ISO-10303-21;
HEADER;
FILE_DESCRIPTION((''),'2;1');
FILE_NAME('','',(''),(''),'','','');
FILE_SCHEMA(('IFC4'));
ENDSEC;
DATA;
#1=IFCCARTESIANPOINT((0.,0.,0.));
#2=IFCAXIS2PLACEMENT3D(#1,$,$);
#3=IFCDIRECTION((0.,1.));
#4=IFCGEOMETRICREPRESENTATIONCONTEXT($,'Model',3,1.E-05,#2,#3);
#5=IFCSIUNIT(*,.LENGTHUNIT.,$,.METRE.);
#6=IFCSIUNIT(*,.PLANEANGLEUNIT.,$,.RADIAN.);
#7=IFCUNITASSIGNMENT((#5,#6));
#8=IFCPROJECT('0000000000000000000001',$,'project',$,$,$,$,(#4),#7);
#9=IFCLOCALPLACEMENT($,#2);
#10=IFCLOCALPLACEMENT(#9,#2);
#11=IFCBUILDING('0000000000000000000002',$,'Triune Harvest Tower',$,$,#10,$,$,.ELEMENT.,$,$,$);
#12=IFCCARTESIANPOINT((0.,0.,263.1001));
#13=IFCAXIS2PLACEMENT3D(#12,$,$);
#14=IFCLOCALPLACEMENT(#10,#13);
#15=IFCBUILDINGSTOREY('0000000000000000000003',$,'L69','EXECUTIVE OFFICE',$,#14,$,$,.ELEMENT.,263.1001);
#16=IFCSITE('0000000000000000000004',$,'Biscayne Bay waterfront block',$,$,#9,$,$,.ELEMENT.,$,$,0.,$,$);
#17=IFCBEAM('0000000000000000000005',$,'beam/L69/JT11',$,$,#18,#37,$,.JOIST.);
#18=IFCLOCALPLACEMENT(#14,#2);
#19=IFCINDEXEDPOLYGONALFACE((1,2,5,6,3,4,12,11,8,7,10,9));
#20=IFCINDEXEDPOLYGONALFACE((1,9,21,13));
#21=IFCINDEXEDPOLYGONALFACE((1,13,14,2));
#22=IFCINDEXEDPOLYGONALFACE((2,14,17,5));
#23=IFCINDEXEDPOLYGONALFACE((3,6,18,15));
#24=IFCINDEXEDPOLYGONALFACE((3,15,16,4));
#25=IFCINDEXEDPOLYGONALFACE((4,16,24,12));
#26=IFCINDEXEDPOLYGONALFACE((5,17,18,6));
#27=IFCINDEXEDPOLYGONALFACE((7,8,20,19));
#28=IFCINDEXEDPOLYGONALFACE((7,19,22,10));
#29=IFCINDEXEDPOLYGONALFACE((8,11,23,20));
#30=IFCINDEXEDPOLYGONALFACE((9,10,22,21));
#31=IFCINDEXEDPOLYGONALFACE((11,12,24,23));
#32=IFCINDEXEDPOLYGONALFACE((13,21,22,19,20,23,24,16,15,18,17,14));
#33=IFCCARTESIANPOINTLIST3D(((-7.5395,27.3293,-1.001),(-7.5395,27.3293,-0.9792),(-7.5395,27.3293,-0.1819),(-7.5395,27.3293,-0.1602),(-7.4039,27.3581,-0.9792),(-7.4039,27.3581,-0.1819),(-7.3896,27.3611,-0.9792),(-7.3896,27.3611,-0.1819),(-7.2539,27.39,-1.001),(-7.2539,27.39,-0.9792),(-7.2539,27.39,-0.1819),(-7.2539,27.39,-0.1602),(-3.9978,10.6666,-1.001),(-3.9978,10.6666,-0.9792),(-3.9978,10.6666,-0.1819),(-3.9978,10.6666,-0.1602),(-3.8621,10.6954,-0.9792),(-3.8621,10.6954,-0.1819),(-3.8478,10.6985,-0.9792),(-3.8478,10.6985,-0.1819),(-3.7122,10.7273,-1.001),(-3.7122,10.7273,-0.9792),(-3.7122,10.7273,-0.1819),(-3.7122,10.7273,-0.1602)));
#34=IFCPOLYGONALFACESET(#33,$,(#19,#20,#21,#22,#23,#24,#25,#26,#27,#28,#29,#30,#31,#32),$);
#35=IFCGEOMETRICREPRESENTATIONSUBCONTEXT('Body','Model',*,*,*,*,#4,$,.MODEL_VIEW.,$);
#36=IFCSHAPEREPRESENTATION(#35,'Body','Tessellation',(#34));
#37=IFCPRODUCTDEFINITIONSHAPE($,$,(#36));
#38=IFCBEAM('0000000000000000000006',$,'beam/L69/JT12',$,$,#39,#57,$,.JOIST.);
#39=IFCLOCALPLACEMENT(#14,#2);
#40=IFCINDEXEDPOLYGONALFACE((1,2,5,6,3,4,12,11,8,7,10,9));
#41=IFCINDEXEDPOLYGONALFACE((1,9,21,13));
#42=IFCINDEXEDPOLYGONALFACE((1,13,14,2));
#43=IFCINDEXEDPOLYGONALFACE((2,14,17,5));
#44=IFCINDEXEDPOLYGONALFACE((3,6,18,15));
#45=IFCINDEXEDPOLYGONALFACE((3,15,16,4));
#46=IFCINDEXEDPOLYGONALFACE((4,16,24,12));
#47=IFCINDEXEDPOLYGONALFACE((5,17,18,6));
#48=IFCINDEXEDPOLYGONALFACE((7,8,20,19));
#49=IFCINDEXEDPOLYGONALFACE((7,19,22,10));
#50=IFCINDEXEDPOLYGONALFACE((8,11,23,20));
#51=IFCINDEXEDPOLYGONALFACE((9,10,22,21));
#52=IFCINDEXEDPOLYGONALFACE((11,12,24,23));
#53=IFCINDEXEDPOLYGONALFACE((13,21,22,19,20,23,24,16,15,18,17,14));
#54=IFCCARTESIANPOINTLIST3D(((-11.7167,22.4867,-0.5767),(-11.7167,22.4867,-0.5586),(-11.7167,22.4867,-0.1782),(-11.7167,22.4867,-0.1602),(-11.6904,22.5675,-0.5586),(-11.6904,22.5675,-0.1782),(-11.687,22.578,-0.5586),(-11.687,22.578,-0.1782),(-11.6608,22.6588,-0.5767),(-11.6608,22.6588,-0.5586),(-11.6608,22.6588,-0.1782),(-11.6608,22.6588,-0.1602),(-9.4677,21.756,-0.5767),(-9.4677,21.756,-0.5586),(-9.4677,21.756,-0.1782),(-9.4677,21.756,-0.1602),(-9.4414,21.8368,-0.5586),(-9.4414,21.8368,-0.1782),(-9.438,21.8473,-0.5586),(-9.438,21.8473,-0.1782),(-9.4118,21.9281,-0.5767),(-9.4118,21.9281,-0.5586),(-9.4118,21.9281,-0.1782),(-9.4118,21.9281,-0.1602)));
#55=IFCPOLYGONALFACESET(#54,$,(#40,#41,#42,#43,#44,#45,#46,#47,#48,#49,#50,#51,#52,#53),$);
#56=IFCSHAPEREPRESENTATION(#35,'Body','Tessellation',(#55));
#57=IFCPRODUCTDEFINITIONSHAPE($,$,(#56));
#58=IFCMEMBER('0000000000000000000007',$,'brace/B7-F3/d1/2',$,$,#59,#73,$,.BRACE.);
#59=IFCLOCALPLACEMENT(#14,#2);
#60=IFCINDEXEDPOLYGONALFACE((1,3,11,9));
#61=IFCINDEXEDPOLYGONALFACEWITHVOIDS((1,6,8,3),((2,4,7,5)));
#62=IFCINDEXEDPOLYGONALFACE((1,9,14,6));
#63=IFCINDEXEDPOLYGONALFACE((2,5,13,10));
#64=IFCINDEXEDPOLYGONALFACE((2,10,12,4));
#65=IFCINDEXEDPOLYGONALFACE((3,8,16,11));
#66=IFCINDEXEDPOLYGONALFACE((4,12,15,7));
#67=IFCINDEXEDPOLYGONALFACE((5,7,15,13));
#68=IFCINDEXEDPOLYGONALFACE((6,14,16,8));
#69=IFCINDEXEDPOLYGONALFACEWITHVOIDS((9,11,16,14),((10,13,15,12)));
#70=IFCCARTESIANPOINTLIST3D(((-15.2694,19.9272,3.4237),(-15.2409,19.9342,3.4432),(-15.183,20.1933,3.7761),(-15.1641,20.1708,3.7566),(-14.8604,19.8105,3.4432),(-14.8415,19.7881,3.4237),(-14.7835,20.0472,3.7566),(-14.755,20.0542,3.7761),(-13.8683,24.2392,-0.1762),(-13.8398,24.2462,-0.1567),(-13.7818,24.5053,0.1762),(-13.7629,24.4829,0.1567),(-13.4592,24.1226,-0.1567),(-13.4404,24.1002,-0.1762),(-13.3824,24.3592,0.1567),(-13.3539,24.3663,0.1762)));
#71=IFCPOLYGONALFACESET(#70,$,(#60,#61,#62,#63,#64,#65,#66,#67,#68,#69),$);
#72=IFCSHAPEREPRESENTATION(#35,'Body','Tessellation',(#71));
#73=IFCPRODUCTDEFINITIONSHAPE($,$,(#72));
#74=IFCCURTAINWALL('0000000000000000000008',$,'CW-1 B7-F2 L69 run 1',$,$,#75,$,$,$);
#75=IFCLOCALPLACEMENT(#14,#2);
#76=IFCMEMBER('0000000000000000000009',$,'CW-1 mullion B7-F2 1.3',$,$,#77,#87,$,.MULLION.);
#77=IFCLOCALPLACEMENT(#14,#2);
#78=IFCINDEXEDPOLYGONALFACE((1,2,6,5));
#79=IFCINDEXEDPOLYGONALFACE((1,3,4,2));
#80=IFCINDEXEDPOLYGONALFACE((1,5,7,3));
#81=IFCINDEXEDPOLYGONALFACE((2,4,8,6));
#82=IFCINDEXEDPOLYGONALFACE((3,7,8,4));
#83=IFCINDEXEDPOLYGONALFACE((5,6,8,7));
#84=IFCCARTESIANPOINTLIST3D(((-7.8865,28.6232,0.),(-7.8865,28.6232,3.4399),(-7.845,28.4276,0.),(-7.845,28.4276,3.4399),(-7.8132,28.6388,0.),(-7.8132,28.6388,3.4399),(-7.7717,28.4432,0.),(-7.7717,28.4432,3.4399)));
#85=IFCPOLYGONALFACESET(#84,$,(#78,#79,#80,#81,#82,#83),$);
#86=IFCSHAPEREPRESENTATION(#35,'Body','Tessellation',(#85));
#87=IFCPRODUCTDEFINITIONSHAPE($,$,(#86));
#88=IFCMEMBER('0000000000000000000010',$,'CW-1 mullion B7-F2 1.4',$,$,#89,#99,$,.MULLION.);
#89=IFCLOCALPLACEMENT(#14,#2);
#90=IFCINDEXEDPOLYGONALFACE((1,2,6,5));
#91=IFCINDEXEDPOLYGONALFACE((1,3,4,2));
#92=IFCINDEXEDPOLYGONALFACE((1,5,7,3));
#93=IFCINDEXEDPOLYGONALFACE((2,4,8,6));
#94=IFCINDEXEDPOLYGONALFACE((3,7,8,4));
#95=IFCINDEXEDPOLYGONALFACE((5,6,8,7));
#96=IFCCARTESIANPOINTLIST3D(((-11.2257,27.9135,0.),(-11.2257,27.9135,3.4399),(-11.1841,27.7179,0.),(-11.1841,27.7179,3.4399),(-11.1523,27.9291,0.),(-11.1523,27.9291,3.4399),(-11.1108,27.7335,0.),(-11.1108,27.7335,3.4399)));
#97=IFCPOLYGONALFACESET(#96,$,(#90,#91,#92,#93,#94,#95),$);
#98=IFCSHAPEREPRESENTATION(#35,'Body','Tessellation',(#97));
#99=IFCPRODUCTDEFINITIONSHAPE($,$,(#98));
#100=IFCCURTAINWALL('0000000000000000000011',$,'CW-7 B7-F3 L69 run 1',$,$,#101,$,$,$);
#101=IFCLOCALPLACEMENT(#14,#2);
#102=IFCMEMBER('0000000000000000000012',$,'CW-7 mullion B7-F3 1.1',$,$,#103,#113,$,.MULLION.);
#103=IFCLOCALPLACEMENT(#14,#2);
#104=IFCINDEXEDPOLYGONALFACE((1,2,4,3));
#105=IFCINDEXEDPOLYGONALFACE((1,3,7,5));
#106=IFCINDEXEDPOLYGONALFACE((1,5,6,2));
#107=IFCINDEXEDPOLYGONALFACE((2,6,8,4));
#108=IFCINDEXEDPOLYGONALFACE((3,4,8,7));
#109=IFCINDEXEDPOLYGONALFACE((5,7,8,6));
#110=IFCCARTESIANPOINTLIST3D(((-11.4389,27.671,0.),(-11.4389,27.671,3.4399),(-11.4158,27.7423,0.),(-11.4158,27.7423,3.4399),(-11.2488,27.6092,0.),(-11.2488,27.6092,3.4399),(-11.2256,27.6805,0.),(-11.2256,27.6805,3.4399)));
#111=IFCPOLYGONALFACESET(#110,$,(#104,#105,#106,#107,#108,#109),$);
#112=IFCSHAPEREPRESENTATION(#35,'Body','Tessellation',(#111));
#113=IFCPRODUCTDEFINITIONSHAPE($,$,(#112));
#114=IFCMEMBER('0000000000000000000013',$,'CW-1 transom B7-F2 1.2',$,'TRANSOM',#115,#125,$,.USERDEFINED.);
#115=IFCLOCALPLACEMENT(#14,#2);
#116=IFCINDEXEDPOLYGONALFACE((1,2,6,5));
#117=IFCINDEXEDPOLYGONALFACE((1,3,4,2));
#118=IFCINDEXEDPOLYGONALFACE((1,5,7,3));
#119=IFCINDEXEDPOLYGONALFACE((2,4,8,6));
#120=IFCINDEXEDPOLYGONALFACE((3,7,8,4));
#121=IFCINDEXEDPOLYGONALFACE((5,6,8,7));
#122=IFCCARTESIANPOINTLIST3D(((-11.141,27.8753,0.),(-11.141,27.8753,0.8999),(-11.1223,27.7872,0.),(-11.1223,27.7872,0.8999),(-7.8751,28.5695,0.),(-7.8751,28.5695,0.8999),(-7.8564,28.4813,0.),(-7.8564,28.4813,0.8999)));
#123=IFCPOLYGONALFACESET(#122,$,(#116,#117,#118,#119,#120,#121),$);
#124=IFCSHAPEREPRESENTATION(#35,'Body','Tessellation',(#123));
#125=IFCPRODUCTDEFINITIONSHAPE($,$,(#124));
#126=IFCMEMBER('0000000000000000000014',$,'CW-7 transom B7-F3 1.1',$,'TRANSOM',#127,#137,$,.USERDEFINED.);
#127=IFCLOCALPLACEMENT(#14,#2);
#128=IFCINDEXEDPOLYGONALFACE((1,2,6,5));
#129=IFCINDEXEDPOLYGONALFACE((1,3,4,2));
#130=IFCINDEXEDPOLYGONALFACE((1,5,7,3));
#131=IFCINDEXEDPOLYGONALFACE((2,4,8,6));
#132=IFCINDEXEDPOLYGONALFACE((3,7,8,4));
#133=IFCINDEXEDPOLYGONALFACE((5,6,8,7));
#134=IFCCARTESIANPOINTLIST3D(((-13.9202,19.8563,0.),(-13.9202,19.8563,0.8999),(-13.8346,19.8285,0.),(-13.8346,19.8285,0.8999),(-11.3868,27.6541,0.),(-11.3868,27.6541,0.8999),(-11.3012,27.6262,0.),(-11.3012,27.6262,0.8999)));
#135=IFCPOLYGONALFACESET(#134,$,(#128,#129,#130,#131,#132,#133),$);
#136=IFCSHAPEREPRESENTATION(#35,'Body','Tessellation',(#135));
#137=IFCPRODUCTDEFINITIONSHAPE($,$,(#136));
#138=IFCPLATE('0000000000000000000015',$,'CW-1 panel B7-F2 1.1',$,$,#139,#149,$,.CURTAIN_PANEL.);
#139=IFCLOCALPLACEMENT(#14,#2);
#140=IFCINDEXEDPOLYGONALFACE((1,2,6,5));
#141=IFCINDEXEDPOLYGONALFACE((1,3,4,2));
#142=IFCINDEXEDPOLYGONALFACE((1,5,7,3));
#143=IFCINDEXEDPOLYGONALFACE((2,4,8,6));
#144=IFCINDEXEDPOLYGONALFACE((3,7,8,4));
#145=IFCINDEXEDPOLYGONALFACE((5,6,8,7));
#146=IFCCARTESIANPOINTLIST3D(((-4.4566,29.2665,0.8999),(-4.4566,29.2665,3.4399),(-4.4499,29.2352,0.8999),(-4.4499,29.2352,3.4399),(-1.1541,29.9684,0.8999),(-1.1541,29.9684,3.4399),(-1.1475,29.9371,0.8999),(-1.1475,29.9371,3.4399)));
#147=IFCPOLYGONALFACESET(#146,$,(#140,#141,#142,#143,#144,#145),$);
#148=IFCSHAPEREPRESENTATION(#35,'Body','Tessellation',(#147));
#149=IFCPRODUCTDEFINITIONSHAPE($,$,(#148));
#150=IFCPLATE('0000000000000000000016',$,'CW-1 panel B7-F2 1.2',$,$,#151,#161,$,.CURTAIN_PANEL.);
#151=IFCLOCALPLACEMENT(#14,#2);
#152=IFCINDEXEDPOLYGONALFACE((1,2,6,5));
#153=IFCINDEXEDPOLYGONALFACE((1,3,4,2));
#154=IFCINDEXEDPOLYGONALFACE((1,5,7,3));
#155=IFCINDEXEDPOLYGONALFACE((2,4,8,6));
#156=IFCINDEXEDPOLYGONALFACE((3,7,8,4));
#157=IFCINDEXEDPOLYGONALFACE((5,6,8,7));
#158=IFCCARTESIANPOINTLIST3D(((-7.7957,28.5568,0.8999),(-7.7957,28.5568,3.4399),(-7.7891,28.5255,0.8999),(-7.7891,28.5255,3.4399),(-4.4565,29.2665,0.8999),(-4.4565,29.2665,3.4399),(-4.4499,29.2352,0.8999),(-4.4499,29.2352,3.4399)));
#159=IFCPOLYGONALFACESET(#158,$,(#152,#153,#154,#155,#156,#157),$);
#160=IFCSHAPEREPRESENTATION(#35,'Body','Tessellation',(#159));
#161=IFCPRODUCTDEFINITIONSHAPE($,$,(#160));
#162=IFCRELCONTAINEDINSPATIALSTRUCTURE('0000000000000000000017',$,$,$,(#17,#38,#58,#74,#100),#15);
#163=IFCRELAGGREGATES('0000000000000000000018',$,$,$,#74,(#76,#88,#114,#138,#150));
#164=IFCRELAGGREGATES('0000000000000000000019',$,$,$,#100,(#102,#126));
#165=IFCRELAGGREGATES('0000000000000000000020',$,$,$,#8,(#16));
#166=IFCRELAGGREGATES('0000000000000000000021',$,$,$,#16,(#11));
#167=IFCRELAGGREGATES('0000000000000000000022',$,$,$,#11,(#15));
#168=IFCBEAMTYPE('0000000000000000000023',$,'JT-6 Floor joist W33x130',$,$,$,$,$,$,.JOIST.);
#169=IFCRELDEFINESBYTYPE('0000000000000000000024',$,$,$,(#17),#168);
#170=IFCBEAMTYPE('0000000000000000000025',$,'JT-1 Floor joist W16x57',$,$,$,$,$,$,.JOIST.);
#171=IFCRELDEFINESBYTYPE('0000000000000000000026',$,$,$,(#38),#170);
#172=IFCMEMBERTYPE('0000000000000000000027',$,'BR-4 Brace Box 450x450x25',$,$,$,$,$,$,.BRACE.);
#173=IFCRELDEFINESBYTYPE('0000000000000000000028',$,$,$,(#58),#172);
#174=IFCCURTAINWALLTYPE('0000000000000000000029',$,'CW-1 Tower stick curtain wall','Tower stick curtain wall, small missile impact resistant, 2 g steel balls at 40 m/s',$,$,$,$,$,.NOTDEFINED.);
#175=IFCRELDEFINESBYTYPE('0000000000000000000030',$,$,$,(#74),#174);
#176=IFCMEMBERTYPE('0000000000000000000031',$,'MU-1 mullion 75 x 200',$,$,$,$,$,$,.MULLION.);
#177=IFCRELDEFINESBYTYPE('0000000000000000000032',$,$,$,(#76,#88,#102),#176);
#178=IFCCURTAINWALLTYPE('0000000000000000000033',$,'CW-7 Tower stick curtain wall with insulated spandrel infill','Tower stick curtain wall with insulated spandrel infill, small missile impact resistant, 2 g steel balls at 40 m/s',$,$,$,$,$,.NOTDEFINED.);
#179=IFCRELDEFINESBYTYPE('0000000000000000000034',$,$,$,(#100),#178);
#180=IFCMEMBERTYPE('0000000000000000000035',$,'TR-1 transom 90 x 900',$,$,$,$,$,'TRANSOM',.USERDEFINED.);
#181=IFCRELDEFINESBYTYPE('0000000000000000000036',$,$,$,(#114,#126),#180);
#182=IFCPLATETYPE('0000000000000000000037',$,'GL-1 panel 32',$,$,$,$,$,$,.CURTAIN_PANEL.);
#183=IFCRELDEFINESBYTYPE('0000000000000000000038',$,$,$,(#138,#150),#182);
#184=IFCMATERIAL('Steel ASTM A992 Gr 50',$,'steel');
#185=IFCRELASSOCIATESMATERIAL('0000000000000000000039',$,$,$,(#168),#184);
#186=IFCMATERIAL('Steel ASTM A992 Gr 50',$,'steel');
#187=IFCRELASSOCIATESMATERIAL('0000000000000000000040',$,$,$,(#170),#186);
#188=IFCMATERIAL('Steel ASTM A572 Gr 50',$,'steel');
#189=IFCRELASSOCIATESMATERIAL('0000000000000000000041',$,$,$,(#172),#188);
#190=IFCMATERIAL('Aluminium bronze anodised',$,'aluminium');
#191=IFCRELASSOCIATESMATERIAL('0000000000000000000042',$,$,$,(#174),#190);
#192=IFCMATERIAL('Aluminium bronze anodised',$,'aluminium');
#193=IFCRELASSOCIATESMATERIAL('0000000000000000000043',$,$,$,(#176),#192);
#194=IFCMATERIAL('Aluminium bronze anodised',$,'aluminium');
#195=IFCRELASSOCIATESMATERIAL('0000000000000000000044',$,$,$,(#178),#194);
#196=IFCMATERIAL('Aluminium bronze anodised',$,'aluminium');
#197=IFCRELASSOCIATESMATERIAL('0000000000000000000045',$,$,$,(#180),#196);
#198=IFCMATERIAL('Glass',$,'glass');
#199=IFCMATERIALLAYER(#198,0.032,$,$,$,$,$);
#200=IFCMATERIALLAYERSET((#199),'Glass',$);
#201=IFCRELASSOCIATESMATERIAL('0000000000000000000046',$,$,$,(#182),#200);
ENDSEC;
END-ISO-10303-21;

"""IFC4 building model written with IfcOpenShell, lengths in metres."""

from ifc_helpers import new_model, si_unit, direction, frame, origin, origin_2d, place, context, subcontext, project, spatial, rectangle, hollow_rectangle, i_section, extrude, source, transform, mapped, material, layer, layer_set, material_profile, profile_set, type_object, element, aggregate, save


model = new_model("IFC4")

# Units and contexts
model_context = context("Model", 3, precision=1e-05, world=origin(), true_north=direction((0.0, 1.0)))
body_context = subcontext(model_context, "Body", "Model", "MODEL_VIEW")
ifc_project = project(units=[si_unit("LENGTHUNIT", "METRE"), si_unit("PLANEANGLEUNIT", "RADIAN")], contexts=[model_context])

# Site, building, storey
site_placement = place(None, origin())
site = spatial("IfcSite", under=ifc_project, at=site_placement, Name="Biscayne Bay waterfront block", CompositionType="ELEMENT", RefElevation=0.0)
building_placement = place(site_placement, origin())
building = spatial("IfcBuilding", under=site, at=building_placement, Name="Triune Harvest Tower", CompositionType="ELEMENT")
storey_placement = place(building_placement, frame((0.0, 0.0, 263.1001)))
storey = spatial("IfcBuildingStorey", under=building, at=storey_placement, Name="L69", Description="EXECUTIVE OFFICE", CompositionType="ELEMENT", Elevation=263.1001)

# Beams
ifc_material_1 = material(Name="Steel ASTM A992 Gr 50", Category="steel")
ifc_material_profile_1 = material_profile(ifc_material_1, i_section(OverallWidth=0.292, OverallDepth=0.8408, WebThickness=0.0146, FlangeThickness=0.0217, at=origin_2d()), Name="W33x130")
ifc_profile_set_1 = profile_set([ifc_material_profile_1], Name="Steel ASTM A992 Gr 50")
beam_type_1 = type_object("IfcBeamType", Name="JT-6 Floor joist W33x130", PredefinedType="JOIST", material=ifc_profile_set_1)
shared_shape_1 = source(origin(), body_context, "Body", "SweptSolid", [
    extrude(i_section(OverallWidth=0.292, OverallDepth=0.8408, WebThickness=0.0146, FlangeThickness=0.0217, at=origin_2d()), origin(), (0.0, 0.0, 1.0), 17.0349),
])
beam_1_placement = place(storey_placement, frame((-7.3967, 27.3596, -0.5806), z_axis=(0.207912, -0.978148, 0.0), x_axis=(0.978148, 0.207912, 0.0)))
element("IfcBeam", 1, at=beam_1_placement, inside=storey, type_object=beam_type_1, Name="beam/L69/JT11", PredefinedType="JOIST", context=body_context, shape_type="MappedRepresentation", body=[
    mapped(shared_shape_1, transform((0.0, 0.0, 0.0), scale=1.0)),
])
ifc_material_2 = material(Name="Steel ASTM A992 Gr 50", Category="steel")
ifc_material_profile_2 = material_profile(ifc_material_2, i_section(OverallWidth=0.1809, OverallDepth=0.4165, WebThickness=0.011, FlangeThickness=0.0181, at=origin_2d()), Name="W16x57")
ifc_profile_set_2 = profile_set([ifc_material_profile_2], Name="Steel ASTM A992 Gr 50")
beam_type_2 = type_object("IfcBeamType", Name="JT-1 Floor joist W16x57", PredefinedType="JOIST", material=ifc_profile_set_2)
shared_shape_2 = source(origin(), body_context, "Body", "SweptSolid", [
    extrude(i_section(OverallWidth=0.1809, OverallDepth=0.4165, WebThickness=0.011, FlangeThickness=0.0181, at=origin_2d()), origin(), (0.0, 0.0, 1.0), 2.3647),
])
beam_2_placement = place(storey_placement, frame((-11.6887, 22.5728, -0.3684), z_axis=(0.951061, -0.309002, 0.0), x_axis=(0.309002, 0.951061, 0.0)))
element("IfcBeam", 2, at=beam_2_placement, inside=storey, type_object=beam_type_2, Name="beam/L69/JT12", PredefinedType="JOIST", context=body_context, shape_type="MappedRepresentation", body=[
    mapped(shared_shape_2, transform((0.0, 0.0, 0.0), scale=1.0)),
])

# Member
ifc_material_3 = material(Name="Steel ASTM A572 Gr 50", Category="steel")
ifc_material_profile_3 = material_profile(ifc_material_3, hollow_rectangle(XDim=0.45, YDim=0.45, WallThickness=0.0249, at=origin_2d()), Name="Box 450x450x25")
ifc_profile_set_3 = profile_set([ifc_material_profile_3], Name="Steel ASTM A572 Gr 50")
member_type_1 = type_object("IfcMemberType", Name="BR-4 Brace Box 450x450x25", PredefinedType="BRACE", material=ifc_profile_set_3)
shared_shape_3 = source(origin(), body_context, "Body", "SweptSolid", [
    extrude(hollow_rectangle(XDim=0.45, YDim=0.45, WallThickness=0.0249, at=origin_2d()), origin(), (0.0, 0.0, 1.0), 5.7893),
])
member_1_placement = place(storey_placement, frame((-13.6111, 24.3027, 0.0), z_axis=(-0.242021, -0.744829, 0.621816), x_axis=(0.951052, -0.30903, 0.0)))
element("IfcMember", 3, at=member_1_placement, inside=storey, type_object=member_type_1, Name="brace/B7-F3/d1/2", PredefinedType="BRACE", context=body_context, shape_type="MappedRepresentation", body=[
    mapped(shared_shape_3, transform((0.0, 0.0, 0.0), scale=1.0)),
])

# Curtain wall, members
ifc_material_4 = material(Name="Aluminium bronze anodised", Category="aluminium")
curtain_wall_type_1 = type_object("IfcCurtainWallType", Name="CW-1 Tower stick curtain wall", Description="Tower stick curtain wall, small missile impact resistant, 2 g steel balls at 40 m/s", PredefinedType="NOTDEFINED", material=ifc_material_4)
curtain_wall_1_placement = place(storey_placement, origin())
curtain_wall_1 = element("IfcCurtainWall", 4, at=curtain_wall_1_placement, inside=storey, type_object=curtain_wall_type_1, Name="CW-1 B7-F2 L69 run 1")
ifc_material_5 = material(Name="Aluminium bronze anodised", Category="aluminium")
ifc_material_profile_4 = material_profile(ifc_material_5, rectangle(XDim=0.2, YDim=0.075, at=origin_2d()), Name="MU-1 mullion 75 x 200")
ifc_profile_set_4 = profile_set([ifc_material_profile_4], Name="Aluminium bronze anodised")
member_type_2 = type_object("IfcMemberType", Name="MU-1 mullion 75 x 200", PredefinedType="MULLION", material=ifc_profile_set_4)
shared_shape_4 = source(origin(), body_context, "Body", "SweptSolid", [
    extrude(rectangle(XDim=0.2, YDim=0.075, at=origin_2d()), origin(), (0.0, 0.0, 1.0), 3.4399),
])
member_2_placement = place(storey_placement, frame((-7.8291, 28.5332, 0.0), z_axis=(0.0, 0.0, 1.0), x_axis=(0.207905, -0.978149, 0.0)))
member_2 = element("IfcMember", 5, at=member_2_placement, type_object=member_type_2, Name="CW-1 mullion B7-F2 1.3", PredefinedType="MULLION", context=body_context, shape_type="MappedRepresentation", body=[
    mapped(shared_shape_4, transform((0.0, 0.0, 0.0), scale=1.0)),
])
member_3_placement = place(storey_placement, frame((-11.1682, 27.8235, 0.0), z_axis=(0.0, 0.0, 1.0), x_axis=(0.207905, -0.978149, 0.0)))
member_3 = element("IfcMember", 6, at=member_3_placement, type_object=member_type_2, Name="CW-1 mullion B7-F2 1.4", PredefinedType="MULLION", context=body_context, shape_type="MappedRepresentation", body=[
    mapped(shared_shape_4, transform((0.0, 0.0, 0.0), scale=1.0)),
])

# Curtain wall, member
ifc_material_6 = material(Name="Aluminium bronze anodised", Category="aluminium")
curtain_wall_type_2 = type_object("IfcCurtainWallType", Name="CW-7 Tower stick curtain wall with insulated spandrel infill", Description="Tower stick curtain wall with insulated spandrel infill, small missile impact resistant, 2 g steel balls at 40 m/s", PredefinedType="NOTDEFINED", material=ifc_material_6)
curtain_wall_2_placement = place(storey_placement, origin())
curtain_wall_2 = element("IfcCurtainWall", 7, at=curtain_wall_2_placement, inside=storey, type_object=curtain_wall_type_2, Name="CW-7 B7-F3 L69 run 1")
member_4_placement = place(storey_placement, frame((-11.3323, 27.6758, 0.0), z_axis=(0.0, 0.0, 1.0), x_axis=(0.951058, -0.309014, 0.0)))
member_4 = element("IfcMember", 8, at=member_4_placement, type_object=member_type_2, Name="CW-7 mullion B7-F3 1.1", PredefinedType="MULLION", context=body_context, shape_type="MappedRepresentation", body=[
    mapped(shared_shape_4, transform((0.0, 0.0, 0.0), scale=1.0)),
])

# Members
ifc_material_7 = material(Name="Aluminium bronze anodised", Category="aluminium")
ifc_material_profile_5 = material_profile(ifc_material_7, rectangle(XDim=0.0901, YDim=0.8999, at=origin_2d()), Name="TR-1 transom 90 x 900")
ifc_profile_set_5 = profile_set([ifc_material_profile_5], Name="Aluminium bronze anodised")
member_type_3 = type_object("IfcMemberType", Name="TR-1 transom 90 x 900", ElementType="TRANSOM", PredefinedType="USERDEFINED", material=ifc_profile_set_5)
shared_shape_5 = source(origin(), body_context, "Body", "SweptSolid", [
    extrude(rectangle(XDim=0.0901, YDim=0.8999, at=origin_2d()), origin(), (0.0, 0.0, 1.0), 3.3389),
])
member_5_placement = place(storey_placement, frame((-7.8657, 28.5254, 0.45), z_axis=(-0.978153, -0.207886, 0.0), x_axis=(0.207886, -0.978153, 0.0)))
member_5 = element("IfcMember", 9, at=member_5_placement, type_object=member_type_3, Name="CW-1 transom B7-F2 1.2", ObjectType="TRANSOM", PredefinedType="USERDEFINED", context=body_context, shape_type="MappedRepresentation", body=[
    mapped(shared_shape_5, transform((0.0, 0.0, 0.0), scale=1.0)),
])
shared_shape_6 = source(origin(), body_context, "Body", "SweptSolid", [
    extrude(rectangle(XDim=0.0901, YDim=0.8999, at=origin_2d()), origin(), (0.0, 0.0, 1.0), 8.199),
])
member_6_placement = place(storey_placement, frame((-11.344, 27.6401, 0.45), z_axis=(-0.308992, -0.951065, 0.0), x_axis=(0.951065, -0.308992, 0.0)))
member_6 = element("IfcMember", 10, at=member_6_placement, type_object=member_type_3, Name="CW-7 transom B7-F3 1.1", ObjectType="TRANSOM", PredefinedType="USERDEFINED", context=body_context, shape_type="MappedRepresentation", body=[
    mapped(shared_shape_6, transform((0.0, 0.0, 0.0), scale=1.0)),
])

# Plates
ifc_material_8 = material(Name="Glass", Category="glass")
ifc_layer_1 = layer(ifc_material_8, 0.032)
ifc_layer_set_1 = layer_set([ifc_layer_1], Name="Glass")
plate_type_1 = type_object("IfcPlateType", Name="GL-1 panel 32", PredefinedType="CURTAIN_PANEL", material=ifc_layer_set_1)
shared_shape_7 = source(origin(), body_context, "Body", "SweptSolid", [
    extrude(rectangle(XDim=3.3762, YDim=0.032, at=origin_2d()), origin(), (0.0, 0.0, 1.0), 2.54),
])
plate_1_placement = place(storey_placement, frame((-2.802, 29.6018, 0.8999), z_axis=(0.0, 0.0, 1.0), x_axis=(-0.978149, -0.207905, 0.0)))
plate_1 = element("IfcPlate", 11, at=plate_1_placement, type_object=plate_type_1, Name="CW-1 panel B7-F2 1.1", PredefinedType="CURTAIN_PANEL", context=body_context, shape_type="MappedRepresentation", body=[
    mapped(shared_shape_7, transform((0.0, 0.0, 0.0), scale=1.0)),
])
shared_shape_8 = source(origin(), body_context, "Body", "SweptSolid", [
    extrude(rectangle(XDim=3.4138, YDim=0.032, at=origin_2d()), origin(), (0.0, 0.0, 1.0), 2.54),
])
plate_2_placement = place(storey_placement, frame((-6.1228, 28.896, 0.8999), z_axis=(0.0, 0.0, 1.0), x_axis=(-0.978149, -0.207905, 0.0)))
plate_2 = element("IfcPlate", 12, at=plate_2_placement, type_object=plate_type_1, Name="CW-1 panel B7-F2 1.2", PredefinedType="CURTAIN_PANEL", context=body_context, shape_type="MappedRepresentation", body=[
    mapped(shared_shape_8, transform((0.0, 0.0, 0.0), scale=1.0)),
])
aggregate(curtain_wall_1, [member_2, member_3, member_5, plate_1, plate_2])
aggregate(curtain_wall_2, [member_4, member_6])

save(model, "model.ifc")
